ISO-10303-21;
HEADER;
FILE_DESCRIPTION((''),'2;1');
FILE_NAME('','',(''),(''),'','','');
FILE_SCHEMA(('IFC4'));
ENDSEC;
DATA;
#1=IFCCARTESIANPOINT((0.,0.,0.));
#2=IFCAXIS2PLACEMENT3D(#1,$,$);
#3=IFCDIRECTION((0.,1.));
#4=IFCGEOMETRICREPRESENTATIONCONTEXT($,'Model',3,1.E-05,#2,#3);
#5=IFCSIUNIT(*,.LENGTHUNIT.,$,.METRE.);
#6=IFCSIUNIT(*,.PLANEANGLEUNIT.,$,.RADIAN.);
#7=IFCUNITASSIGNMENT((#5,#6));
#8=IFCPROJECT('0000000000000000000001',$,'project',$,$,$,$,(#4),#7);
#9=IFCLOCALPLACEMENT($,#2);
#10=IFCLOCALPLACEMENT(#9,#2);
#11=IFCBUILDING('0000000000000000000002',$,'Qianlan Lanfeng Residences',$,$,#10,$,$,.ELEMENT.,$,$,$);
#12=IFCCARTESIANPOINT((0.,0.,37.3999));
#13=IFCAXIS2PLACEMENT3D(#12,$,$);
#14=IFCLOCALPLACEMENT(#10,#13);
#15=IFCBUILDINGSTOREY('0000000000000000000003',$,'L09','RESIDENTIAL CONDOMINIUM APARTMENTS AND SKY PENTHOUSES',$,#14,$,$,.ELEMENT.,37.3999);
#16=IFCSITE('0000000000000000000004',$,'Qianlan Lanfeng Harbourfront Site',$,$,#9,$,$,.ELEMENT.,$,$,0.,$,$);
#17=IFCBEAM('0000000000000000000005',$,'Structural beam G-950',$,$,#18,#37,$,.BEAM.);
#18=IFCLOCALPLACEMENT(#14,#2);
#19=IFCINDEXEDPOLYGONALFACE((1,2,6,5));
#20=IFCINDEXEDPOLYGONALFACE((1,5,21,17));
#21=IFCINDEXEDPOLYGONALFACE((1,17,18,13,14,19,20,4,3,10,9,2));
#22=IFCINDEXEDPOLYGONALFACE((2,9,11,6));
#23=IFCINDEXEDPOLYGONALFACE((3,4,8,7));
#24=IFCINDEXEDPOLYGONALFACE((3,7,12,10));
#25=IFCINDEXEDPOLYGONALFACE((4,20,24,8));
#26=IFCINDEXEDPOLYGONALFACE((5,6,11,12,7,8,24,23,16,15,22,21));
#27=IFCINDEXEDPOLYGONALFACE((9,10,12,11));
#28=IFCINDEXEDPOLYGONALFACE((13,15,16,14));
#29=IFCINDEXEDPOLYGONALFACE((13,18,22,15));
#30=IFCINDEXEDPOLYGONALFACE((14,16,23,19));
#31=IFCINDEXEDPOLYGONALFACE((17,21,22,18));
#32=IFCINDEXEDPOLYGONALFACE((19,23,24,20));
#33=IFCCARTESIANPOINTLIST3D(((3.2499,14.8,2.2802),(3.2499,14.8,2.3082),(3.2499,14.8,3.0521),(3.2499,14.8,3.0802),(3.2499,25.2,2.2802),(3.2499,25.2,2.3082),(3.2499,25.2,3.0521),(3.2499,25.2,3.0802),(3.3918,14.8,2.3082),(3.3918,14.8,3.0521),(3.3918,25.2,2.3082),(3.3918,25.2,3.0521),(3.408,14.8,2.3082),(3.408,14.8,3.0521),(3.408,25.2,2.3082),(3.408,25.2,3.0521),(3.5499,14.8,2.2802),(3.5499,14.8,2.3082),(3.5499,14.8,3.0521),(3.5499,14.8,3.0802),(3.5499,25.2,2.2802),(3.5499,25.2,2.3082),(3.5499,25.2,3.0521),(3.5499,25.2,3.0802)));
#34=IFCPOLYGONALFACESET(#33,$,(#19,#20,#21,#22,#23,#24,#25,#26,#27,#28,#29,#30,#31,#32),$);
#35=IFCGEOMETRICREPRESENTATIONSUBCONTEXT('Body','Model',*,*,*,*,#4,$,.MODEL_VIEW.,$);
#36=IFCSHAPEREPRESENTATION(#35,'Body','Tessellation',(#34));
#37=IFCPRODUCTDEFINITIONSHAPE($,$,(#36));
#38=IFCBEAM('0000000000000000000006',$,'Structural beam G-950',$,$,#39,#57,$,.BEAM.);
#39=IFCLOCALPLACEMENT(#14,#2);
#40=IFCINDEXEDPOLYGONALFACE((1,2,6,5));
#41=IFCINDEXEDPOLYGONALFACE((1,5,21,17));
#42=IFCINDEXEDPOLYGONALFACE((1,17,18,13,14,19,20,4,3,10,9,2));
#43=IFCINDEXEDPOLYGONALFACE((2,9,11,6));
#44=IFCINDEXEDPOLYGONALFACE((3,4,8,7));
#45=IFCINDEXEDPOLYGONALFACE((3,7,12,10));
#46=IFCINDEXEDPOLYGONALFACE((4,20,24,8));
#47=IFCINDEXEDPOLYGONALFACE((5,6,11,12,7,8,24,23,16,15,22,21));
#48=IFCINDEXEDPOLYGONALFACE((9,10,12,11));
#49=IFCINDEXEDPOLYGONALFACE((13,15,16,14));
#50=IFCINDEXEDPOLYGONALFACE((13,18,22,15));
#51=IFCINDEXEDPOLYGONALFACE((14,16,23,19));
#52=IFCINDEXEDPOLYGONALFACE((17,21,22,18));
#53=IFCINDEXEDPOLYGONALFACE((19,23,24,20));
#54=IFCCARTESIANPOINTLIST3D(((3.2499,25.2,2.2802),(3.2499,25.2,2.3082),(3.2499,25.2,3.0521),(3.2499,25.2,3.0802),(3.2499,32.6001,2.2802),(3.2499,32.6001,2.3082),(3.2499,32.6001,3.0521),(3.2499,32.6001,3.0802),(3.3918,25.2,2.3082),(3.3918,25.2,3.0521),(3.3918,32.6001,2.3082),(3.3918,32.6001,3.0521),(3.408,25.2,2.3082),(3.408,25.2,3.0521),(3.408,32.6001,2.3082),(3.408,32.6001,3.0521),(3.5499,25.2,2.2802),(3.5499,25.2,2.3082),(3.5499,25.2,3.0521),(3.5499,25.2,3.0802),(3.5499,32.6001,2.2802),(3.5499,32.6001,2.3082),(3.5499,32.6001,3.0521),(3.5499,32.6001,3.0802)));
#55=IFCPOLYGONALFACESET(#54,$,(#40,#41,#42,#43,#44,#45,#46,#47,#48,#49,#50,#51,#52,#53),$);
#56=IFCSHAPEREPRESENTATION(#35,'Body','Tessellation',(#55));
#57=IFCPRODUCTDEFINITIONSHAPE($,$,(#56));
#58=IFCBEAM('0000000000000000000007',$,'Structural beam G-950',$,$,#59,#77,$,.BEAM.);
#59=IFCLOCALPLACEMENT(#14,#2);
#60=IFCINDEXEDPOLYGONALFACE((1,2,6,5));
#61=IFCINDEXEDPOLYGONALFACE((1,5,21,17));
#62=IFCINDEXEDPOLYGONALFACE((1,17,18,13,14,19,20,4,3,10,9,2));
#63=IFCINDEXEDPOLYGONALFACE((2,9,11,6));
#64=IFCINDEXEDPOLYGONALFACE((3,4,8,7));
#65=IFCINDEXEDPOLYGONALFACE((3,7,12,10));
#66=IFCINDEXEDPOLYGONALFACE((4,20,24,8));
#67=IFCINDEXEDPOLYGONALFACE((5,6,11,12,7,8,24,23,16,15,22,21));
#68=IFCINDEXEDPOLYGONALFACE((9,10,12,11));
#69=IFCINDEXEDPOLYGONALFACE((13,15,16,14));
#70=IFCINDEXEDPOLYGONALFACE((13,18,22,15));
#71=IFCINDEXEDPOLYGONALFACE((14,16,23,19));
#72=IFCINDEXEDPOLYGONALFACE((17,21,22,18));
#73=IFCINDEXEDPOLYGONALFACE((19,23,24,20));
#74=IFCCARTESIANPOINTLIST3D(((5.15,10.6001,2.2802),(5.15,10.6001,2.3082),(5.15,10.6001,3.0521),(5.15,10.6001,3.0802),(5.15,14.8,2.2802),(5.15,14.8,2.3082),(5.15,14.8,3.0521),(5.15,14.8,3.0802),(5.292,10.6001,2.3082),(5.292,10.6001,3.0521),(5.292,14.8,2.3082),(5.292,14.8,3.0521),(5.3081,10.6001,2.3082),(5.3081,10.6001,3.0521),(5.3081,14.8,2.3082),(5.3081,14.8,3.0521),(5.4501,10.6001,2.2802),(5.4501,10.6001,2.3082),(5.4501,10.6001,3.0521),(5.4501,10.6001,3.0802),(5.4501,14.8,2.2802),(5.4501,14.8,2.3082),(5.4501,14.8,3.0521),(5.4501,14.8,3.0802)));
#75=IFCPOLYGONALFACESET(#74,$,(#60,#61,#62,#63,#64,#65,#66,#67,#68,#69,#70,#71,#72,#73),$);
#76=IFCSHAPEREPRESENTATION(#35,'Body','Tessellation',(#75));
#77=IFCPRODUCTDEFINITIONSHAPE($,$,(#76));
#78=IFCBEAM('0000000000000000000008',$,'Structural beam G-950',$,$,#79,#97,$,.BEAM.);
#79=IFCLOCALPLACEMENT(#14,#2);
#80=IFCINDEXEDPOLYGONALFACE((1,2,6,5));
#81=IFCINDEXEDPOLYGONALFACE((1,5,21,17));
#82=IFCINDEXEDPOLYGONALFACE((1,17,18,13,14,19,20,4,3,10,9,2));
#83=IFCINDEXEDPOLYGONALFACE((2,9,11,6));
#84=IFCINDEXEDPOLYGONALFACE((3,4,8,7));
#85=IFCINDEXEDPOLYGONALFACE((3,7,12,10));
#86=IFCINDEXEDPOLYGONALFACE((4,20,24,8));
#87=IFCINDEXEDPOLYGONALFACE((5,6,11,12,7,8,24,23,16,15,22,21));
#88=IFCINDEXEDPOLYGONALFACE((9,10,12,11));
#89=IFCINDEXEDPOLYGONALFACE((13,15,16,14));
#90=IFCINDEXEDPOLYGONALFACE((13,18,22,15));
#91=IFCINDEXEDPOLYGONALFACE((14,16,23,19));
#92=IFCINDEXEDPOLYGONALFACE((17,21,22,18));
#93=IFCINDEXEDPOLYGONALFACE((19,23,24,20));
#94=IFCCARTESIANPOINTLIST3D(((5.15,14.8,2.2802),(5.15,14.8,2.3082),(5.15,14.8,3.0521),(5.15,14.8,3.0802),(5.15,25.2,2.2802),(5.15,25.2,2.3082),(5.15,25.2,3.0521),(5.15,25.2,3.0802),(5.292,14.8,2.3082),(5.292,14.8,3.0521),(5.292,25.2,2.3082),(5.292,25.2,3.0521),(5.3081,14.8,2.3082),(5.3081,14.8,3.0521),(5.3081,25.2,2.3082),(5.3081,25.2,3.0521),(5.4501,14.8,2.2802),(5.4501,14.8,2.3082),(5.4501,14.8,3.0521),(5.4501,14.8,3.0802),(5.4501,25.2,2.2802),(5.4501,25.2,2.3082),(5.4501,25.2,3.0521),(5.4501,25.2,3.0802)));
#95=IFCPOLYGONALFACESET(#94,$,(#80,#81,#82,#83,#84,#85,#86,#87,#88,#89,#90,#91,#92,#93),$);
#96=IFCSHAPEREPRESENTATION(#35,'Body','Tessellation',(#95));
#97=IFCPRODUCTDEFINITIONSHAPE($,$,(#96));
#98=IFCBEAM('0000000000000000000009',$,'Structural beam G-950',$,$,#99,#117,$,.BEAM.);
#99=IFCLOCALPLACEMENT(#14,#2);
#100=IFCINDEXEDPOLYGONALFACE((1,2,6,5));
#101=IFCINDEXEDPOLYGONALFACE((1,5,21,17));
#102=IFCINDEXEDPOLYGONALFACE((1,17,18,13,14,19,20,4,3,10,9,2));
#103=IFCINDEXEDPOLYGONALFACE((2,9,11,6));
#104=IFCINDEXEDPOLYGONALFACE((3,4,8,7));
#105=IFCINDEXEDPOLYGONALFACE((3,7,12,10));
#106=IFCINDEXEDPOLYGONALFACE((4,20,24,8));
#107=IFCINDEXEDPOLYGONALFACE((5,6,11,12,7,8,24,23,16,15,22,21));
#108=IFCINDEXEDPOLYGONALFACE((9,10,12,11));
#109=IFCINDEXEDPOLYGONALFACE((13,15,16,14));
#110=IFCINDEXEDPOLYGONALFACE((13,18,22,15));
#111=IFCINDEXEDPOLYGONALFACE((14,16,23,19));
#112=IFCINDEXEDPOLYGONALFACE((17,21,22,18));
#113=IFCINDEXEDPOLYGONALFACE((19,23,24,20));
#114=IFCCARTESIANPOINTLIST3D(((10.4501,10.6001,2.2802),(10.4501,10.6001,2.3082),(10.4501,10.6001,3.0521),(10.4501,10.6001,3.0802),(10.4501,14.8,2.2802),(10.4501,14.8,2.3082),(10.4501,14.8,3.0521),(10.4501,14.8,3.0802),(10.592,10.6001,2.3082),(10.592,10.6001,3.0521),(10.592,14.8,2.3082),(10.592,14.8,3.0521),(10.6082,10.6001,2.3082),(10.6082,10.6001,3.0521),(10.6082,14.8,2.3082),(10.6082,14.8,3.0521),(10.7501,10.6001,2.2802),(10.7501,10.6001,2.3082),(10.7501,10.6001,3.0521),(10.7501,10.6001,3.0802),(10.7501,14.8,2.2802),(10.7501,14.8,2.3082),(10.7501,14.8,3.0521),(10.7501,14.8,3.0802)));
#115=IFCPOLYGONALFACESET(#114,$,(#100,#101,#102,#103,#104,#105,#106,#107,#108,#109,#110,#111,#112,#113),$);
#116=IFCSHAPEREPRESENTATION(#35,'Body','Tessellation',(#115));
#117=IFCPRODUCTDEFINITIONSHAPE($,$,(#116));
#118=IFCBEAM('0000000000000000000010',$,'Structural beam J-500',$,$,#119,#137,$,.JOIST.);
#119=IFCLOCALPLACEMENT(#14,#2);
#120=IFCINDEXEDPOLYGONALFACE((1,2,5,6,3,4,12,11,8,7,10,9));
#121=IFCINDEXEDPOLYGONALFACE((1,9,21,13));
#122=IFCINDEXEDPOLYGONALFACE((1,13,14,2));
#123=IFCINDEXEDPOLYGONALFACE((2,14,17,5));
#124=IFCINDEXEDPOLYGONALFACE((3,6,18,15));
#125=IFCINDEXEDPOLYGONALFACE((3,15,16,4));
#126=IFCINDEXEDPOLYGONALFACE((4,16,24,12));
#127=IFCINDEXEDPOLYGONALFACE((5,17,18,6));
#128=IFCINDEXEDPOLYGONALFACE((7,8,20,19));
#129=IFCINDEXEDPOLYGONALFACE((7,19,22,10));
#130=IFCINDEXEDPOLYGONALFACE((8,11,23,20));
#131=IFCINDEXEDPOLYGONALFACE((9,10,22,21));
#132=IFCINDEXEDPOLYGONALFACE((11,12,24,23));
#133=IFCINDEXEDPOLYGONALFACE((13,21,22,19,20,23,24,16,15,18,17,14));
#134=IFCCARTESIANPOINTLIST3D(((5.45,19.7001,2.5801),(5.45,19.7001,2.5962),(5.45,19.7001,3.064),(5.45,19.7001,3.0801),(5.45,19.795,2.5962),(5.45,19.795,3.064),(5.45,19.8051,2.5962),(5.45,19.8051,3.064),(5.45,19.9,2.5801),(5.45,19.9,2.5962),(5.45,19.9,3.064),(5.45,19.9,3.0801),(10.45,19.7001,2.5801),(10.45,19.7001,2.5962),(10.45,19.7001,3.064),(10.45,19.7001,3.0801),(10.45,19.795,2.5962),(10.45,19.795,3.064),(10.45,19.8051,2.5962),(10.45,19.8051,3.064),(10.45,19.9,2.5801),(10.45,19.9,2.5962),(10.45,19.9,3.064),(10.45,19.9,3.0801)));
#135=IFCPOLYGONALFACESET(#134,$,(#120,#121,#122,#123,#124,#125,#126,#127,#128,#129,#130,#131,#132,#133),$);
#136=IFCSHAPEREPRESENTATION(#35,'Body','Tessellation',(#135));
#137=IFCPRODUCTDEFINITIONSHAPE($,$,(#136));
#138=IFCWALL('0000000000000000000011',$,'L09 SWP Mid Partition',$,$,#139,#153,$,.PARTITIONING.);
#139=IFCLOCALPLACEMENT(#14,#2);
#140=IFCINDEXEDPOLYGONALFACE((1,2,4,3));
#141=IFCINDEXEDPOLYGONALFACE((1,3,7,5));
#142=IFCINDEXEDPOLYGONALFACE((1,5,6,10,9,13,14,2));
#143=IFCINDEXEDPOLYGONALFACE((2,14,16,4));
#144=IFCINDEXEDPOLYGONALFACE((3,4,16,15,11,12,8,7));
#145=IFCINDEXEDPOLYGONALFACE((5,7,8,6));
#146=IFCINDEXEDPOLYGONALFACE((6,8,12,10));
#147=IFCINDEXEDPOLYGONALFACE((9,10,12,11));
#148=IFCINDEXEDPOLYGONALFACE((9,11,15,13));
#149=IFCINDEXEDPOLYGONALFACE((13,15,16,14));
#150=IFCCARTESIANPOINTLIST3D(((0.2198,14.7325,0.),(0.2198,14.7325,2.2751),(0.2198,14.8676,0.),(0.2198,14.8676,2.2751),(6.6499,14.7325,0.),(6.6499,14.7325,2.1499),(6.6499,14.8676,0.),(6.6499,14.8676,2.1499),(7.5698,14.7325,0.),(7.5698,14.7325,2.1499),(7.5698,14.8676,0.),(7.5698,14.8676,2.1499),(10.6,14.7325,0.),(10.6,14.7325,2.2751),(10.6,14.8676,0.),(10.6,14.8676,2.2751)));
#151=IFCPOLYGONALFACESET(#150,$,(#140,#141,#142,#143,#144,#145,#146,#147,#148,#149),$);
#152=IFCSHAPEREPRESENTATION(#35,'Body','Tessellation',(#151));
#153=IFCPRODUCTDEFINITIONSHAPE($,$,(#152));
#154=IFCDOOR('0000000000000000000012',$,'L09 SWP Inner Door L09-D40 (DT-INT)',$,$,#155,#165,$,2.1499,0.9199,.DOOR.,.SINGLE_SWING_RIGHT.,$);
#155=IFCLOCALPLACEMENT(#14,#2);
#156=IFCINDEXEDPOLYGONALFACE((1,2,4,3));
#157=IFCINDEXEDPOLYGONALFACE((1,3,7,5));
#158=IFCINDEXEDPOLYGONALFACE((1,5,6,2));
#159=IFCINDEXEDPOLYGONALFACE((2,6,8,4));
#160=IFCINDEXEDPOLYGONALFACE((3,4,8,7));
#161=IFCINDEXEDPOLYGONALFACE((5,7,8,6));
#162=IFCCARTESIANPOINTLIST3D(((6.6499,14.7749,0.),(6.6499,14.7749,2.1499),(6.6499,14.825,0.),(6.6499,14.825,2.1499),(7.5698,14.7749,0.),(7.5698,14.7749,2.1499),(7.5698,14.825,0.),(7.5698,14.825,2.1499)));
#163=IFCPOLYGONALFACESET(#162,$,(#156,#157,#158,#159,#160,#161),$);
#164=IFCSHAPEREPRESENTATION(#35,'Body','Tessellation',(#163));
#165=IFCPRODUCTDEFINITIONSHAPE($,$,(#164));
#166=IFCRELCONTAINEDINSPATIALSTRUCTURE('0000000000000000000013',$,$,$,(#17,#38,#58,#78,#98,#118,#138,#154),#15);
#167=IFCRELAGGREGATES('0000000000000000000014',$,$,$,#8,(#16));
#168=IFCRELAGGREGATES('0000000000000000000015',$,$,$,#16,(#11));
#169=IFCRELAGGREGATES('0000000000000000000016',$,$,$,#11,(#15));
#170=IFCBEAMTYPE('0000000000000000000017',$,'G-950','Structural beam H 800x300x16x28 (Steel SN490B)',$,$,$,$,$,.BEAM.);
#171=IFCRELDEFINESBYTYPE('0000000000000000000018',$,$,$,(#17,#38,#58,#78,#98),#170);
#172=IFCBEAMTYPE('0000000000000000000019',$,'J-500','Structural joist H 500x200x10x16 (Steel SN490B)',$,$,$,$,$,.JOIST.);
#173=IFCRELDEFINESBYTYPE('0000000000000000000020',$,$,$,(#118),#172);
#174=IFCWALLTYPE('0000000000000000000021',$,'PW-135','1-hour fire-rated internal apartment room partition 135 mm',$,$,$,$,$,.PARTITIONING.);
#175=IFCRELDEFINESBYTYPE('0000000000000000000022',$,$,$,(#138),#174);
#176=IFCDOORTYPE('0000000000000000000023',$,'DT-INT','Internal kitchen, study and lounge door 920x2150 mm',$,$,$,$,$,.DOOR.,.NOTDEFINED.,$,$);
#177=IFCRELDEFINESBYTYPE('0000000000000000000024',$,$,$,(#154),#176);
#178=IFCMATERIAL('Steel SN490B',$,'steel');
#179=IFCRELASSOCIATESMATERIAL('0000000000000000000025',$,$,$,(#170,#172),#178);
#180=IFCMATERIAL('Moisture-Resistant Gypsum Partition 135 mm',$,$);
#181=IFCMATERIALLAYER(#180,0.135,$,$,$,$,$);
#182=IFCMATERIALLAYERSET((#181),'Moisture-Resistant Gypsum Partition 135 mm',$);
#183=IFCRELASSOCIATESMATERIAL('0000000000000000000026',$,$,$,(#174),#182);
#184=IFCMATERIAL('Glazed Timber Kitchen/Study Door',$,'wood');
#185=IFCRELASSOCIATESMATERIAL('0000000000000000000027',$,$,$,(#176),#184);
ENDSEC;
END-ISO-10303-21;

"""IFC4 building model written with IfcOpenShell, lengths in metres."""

from ifc_helpers import new_model, si_unit, direction, frame, frame_2d, origin, origin_2d, place, context, subcontext, project, spatial, rectangle, i_section, extrude, material, layer, layer_set, material_profile, profile_set, type_object, element, fill, save


model = new_model("IFC4")

# Units and contexts
model_context = context("Model", 3, precision=1e-05, world=origin(), true_north=direction((0.0, 1.0)))
body_context = subcontext(model_context, "Body", "Model", "MODEL_VIEW")
ifc_project = project(units=[si_unit("LENGTHUNIT", "METRE"), si_unit("PLANEANGLEUNIT", "RADIAN")], contexts=[model_context])

# Site, building, storey
site_placement = place(None, origin())
site = spatial("IfcSite", under=ifc_project, at=site_placement, Name="Qianlan Lanfeng Harbourfront Site", CompositionType="ELEMENT", RefElevation=0.0)
building_placement = place(site_placement, origin())
building = spatial("IfcBuilding", under=site, at=building_placement, Name="Qianlan Lanfeng Residences", CompositionType="ELEMENT")
storey_placement = place(building_placement, frame((0.0, 0.0, 37.3999)))
storey = spatial("IfcBuildingStorey", under=building, at=storey_placement, Name="L09", Description="RESIDENTIAL CONDOMINIUM APARTMENTS AND SKY PENTHOUSES", CompositionType="ELEMENT", Elevation=37.3999)

# Beams
ifc_material_1 = material(Name="Steel SN490B", Category="steel")
ifc_material_profile_1 = material_profile(ifc_material_1, i_section(OverallWidth=0.3, OverallDepth=0.8, WebThickness=0.0161, FlangeThickness=0.0281, at=origin_2d()), Name="H 800x300x16x28")
ifc_profile_set_1 = profile_set([ifc_material_profile_1], Name="Steel SN490B")
beam_type_1 = type_object("IfcBeamType", Name="G-950", Description="Structural beam H 800x300x16x28 (Steel SN490B)", PredefinedType="BEAM", material=ifc_profile_set_1)
beam_1_placement = place(storey_placement, frame((3.3999, 14.8, 2.6802), z_axis=(0.0, 1.0, 0.0), x_axis=(-1.0, 0.0, 0.0)))
element("IfcBeam", 1, at=beam_1_placement, inside=storey, type_object=beam_type_1, Name="Structural beam G-950", PredefinedType="BEAM", context=body_context, shape_type="SweptSolid", body=[
    extrude(i_section(OverallWidth=0.3, OverallDepth=0.8, WebThickness=0.0161, FlangeThickness=0.0281, at=origin_2d()), origin(), (0.0, 0.0, 1.0), 10.3999),
])
beam_2_placement = place(storey_placement, frame((3.3999, 25.2, 2.6802), z_axis=(0.0, 1.0, 0.0), x_axis=(-1.0, 0.0, 0.0)))
element("IfcBeam", 2, at=beam_2_placement, inside=storey, type_object=beam_type_1, Name="Structural beam G-950", PredefinedType="BEAM", context=body_context, shape_type="SweptSolid", body=[
    extrude(i_section(OverallWidth=0.3, OverallDepth=0.8, WebThickness=0.0161, FlangeThickness=0.0281, at=origin_2d()), origin(), (0.0, 0.0, 1.0), 7.4001),
])
beam_3_placement = place(storey_placement, frame((5.3, 10.6001, 2.6802), z_axis=(0.0, 1.0, 0.0), x_axis=(-1.0, 0.0, 0.0)))
element("IfcBeam", 3, at=beam_3_placement, inside=storey, type_object=beam_type_1, Name="Structural beam G-950", PredefinedType="BEAM", context=body_context, shape_type="SweptSolid", body=[
    extrude(i_section(OverallWidth=0.3, OverallDepth=0.8, WebThickness=0.0161, FlangeThickness=0.0281, at=origin_2d()), origin(), (0.0, 0.0, 1.0), 4.2),
])
beam_4_placement = place(storey_placement, frame((5.3, 14.8, 2.6802), z_axis=(0.0, 1.0, 0.0), x_axis=(-1.0, 0.0, 0.0)))
element("IfcBeam", 4, at=beam_4_placement, inside=storey, type_object=beam_type_1, Name="Structural beam G-950", PredefinedType="BEAM", context=body_context, shape_type="SweptSolid", body=[
    extrude(i_section(OverallWidth=0.3, OverallDepth=0.8, WebThickness=0.0161, FlangeThickness=0.0281, at=origin_2d()), origin(), (0.0, 0.0, 1.0), 10.3999),
])
beam_5_placement = place(storey_placement, frame((10.6001, 10.6001, 2.6802), z_axis=(0.0, 1.0, 0.0), x_axis=(-1.0, 0.0, 0.0)))
element("IfcBeam", 5, at=beam_5_placement, inside=storey, type_object=beam_type_1, Name="Structural beam G-950", PredefinedType="BEAM", context=body_context, shape_type="SweptSolid", body=[
    extrude(i_section(OverallWidth=0.3, OverallDepth=0.8, WebThickness=0.0161, FlangeThickness=0.0281, at=origin_2d()), origin(), (0.0, 0.0, 1.0), 4.2),
])
ifc_material_profile_2 = material_profile(ifc_material_1, i_section(OverallWidth=0.2, OverallDepth=0.5, WebThickness=0.01, FlangeThickness=0.0161, at=origin_2d()), Name="H 500x200x10x16")
ifc_profile_set_2 = profile_set([ifc_material_profile_2], Name="Steel SN490B")
beam_type_2 = type_object("IfcBeamType", Name="J-500", Description="Structural joist H 500x200x10x16 (Steel SN490B)", PredefinedType="JOIST", material=ifc_profile_set_2)
beam_6_placement = place(storey_placement, frame((5.45, 19.8, 2.8301), z_axis=(1.0, 0.0, 0.0), x_axis=(0.0, 1.0, 0.0)))
element("IfcBeam", 6, at=beam_6_placement, inside=storey, type_object=beam_type_2, Name="Structural beam J-500", PredefinedType="JOIST", context=body_context, shape_type="SweptSolid", body=[
    extrude(i_section(OverallWidth=0.2, OverallDepth=0.5, WebThickness=0.01, FlangeThickness=0.0161, at=origin_2d()), origin(), (0.0, 0.0, 1.0), 5.0),
])

# Wall, opening, door
ifc_material_2 = material(Name="Moisture-Resistant Gypsum Partition 135 mm")
ifc_layer_1 = layer(ifc_material_2, 0.135)
ifc_layer_set_1 = layer_set([ifc_layer_1], Name="Moisture-Resistant Gypsum Partition 135 mm")
wall_type_1 = type_object("IfcWallType", Name="PW-135", Description="1-hour fire-rated internal apartment room partition 135 mm", PredefinedType="PARTITIONING", material=ifc_layer_set_1)
wall_1_placement = place(storey_placement, frame((0.22, 14.8, 0.0), z_axis=(0.0, 0.0, 1.0), x_axis=(1.0, 0.0, 0.0)))
wall_1 = element("IfcWall", 7, at=wall_1_placement, inside=storey, type_object=wall_type_1, Name="L09 SWP Mid Partition", PredefinedType="PARTITIONING", context=body_context, shape_type="SweptSolid", body=[
    extrude(rectangle(XDim=10.3801, YDim=0.135, at=frame_2d((5.1899, 0.0))), origin(), (0.0, 0.0, 1.0), 2.2751),
])
opening_1_placement = place(wall_1_placement, frame((6.4299, 0.0, 0.0)))
opening_1 = element("IfcOpeningElement", 8, at=opening_1_placement, cuts=wall_1, PredefinedType="OPENING", context=body_context, shape_type="SweptSolid", body=[
    extrude(rectangle(XDim=0.9199, YDim=2.1499, at=frame_2d((0.46, 1.075))), frame((0.0, 0.0776, 0.0), z_axis=(0.0, -1.0, 0.0), x_axis=(1.0, 0.0, 0.0)), (0.0, 0.0, 1.0), 0.155),
])
ifc_material_3 = material(Name="Glazed Timber Kitchen/Study Door", Category="wood")
door_type_1 = type_object("IfcDoorType", Name="DT-INT", Description="Internal kitchen, study and lounge door 920x2150 mm", OperationType="NOTDEFINED", PredefinedType="DOOR", material=ifc_material_3)
door_1_placement = place(opening_1_placement, origin())
door_1 = element("IfcDoor", 9, at=door_1_placement, inside=storey, type_object=door_type_1, Name="L09 SWP Inner Door L09-D40 (DT-INT)", OperationType="SINGLE_SWING_RIGHT", OverallHeight=2.1499, OverallWidth=0.9199, PredefinedType="DOOR", context=body_context, shape_type="SweptSolid", body=[
    extrude(rectangle(XDim=0.9199, YDim=2.1499, at=frame_2d((0.46, 1.075))), frame((0.0, 0.0249, 0.0), z_axis=(0.0, -1.0, 0.0), x_axis=(1.0, 0.0, 0.0)), (0.0, 0.0, 1.0), 0.05),
])
fill(opening_1, door_1)

save(model, "model.ifc")
